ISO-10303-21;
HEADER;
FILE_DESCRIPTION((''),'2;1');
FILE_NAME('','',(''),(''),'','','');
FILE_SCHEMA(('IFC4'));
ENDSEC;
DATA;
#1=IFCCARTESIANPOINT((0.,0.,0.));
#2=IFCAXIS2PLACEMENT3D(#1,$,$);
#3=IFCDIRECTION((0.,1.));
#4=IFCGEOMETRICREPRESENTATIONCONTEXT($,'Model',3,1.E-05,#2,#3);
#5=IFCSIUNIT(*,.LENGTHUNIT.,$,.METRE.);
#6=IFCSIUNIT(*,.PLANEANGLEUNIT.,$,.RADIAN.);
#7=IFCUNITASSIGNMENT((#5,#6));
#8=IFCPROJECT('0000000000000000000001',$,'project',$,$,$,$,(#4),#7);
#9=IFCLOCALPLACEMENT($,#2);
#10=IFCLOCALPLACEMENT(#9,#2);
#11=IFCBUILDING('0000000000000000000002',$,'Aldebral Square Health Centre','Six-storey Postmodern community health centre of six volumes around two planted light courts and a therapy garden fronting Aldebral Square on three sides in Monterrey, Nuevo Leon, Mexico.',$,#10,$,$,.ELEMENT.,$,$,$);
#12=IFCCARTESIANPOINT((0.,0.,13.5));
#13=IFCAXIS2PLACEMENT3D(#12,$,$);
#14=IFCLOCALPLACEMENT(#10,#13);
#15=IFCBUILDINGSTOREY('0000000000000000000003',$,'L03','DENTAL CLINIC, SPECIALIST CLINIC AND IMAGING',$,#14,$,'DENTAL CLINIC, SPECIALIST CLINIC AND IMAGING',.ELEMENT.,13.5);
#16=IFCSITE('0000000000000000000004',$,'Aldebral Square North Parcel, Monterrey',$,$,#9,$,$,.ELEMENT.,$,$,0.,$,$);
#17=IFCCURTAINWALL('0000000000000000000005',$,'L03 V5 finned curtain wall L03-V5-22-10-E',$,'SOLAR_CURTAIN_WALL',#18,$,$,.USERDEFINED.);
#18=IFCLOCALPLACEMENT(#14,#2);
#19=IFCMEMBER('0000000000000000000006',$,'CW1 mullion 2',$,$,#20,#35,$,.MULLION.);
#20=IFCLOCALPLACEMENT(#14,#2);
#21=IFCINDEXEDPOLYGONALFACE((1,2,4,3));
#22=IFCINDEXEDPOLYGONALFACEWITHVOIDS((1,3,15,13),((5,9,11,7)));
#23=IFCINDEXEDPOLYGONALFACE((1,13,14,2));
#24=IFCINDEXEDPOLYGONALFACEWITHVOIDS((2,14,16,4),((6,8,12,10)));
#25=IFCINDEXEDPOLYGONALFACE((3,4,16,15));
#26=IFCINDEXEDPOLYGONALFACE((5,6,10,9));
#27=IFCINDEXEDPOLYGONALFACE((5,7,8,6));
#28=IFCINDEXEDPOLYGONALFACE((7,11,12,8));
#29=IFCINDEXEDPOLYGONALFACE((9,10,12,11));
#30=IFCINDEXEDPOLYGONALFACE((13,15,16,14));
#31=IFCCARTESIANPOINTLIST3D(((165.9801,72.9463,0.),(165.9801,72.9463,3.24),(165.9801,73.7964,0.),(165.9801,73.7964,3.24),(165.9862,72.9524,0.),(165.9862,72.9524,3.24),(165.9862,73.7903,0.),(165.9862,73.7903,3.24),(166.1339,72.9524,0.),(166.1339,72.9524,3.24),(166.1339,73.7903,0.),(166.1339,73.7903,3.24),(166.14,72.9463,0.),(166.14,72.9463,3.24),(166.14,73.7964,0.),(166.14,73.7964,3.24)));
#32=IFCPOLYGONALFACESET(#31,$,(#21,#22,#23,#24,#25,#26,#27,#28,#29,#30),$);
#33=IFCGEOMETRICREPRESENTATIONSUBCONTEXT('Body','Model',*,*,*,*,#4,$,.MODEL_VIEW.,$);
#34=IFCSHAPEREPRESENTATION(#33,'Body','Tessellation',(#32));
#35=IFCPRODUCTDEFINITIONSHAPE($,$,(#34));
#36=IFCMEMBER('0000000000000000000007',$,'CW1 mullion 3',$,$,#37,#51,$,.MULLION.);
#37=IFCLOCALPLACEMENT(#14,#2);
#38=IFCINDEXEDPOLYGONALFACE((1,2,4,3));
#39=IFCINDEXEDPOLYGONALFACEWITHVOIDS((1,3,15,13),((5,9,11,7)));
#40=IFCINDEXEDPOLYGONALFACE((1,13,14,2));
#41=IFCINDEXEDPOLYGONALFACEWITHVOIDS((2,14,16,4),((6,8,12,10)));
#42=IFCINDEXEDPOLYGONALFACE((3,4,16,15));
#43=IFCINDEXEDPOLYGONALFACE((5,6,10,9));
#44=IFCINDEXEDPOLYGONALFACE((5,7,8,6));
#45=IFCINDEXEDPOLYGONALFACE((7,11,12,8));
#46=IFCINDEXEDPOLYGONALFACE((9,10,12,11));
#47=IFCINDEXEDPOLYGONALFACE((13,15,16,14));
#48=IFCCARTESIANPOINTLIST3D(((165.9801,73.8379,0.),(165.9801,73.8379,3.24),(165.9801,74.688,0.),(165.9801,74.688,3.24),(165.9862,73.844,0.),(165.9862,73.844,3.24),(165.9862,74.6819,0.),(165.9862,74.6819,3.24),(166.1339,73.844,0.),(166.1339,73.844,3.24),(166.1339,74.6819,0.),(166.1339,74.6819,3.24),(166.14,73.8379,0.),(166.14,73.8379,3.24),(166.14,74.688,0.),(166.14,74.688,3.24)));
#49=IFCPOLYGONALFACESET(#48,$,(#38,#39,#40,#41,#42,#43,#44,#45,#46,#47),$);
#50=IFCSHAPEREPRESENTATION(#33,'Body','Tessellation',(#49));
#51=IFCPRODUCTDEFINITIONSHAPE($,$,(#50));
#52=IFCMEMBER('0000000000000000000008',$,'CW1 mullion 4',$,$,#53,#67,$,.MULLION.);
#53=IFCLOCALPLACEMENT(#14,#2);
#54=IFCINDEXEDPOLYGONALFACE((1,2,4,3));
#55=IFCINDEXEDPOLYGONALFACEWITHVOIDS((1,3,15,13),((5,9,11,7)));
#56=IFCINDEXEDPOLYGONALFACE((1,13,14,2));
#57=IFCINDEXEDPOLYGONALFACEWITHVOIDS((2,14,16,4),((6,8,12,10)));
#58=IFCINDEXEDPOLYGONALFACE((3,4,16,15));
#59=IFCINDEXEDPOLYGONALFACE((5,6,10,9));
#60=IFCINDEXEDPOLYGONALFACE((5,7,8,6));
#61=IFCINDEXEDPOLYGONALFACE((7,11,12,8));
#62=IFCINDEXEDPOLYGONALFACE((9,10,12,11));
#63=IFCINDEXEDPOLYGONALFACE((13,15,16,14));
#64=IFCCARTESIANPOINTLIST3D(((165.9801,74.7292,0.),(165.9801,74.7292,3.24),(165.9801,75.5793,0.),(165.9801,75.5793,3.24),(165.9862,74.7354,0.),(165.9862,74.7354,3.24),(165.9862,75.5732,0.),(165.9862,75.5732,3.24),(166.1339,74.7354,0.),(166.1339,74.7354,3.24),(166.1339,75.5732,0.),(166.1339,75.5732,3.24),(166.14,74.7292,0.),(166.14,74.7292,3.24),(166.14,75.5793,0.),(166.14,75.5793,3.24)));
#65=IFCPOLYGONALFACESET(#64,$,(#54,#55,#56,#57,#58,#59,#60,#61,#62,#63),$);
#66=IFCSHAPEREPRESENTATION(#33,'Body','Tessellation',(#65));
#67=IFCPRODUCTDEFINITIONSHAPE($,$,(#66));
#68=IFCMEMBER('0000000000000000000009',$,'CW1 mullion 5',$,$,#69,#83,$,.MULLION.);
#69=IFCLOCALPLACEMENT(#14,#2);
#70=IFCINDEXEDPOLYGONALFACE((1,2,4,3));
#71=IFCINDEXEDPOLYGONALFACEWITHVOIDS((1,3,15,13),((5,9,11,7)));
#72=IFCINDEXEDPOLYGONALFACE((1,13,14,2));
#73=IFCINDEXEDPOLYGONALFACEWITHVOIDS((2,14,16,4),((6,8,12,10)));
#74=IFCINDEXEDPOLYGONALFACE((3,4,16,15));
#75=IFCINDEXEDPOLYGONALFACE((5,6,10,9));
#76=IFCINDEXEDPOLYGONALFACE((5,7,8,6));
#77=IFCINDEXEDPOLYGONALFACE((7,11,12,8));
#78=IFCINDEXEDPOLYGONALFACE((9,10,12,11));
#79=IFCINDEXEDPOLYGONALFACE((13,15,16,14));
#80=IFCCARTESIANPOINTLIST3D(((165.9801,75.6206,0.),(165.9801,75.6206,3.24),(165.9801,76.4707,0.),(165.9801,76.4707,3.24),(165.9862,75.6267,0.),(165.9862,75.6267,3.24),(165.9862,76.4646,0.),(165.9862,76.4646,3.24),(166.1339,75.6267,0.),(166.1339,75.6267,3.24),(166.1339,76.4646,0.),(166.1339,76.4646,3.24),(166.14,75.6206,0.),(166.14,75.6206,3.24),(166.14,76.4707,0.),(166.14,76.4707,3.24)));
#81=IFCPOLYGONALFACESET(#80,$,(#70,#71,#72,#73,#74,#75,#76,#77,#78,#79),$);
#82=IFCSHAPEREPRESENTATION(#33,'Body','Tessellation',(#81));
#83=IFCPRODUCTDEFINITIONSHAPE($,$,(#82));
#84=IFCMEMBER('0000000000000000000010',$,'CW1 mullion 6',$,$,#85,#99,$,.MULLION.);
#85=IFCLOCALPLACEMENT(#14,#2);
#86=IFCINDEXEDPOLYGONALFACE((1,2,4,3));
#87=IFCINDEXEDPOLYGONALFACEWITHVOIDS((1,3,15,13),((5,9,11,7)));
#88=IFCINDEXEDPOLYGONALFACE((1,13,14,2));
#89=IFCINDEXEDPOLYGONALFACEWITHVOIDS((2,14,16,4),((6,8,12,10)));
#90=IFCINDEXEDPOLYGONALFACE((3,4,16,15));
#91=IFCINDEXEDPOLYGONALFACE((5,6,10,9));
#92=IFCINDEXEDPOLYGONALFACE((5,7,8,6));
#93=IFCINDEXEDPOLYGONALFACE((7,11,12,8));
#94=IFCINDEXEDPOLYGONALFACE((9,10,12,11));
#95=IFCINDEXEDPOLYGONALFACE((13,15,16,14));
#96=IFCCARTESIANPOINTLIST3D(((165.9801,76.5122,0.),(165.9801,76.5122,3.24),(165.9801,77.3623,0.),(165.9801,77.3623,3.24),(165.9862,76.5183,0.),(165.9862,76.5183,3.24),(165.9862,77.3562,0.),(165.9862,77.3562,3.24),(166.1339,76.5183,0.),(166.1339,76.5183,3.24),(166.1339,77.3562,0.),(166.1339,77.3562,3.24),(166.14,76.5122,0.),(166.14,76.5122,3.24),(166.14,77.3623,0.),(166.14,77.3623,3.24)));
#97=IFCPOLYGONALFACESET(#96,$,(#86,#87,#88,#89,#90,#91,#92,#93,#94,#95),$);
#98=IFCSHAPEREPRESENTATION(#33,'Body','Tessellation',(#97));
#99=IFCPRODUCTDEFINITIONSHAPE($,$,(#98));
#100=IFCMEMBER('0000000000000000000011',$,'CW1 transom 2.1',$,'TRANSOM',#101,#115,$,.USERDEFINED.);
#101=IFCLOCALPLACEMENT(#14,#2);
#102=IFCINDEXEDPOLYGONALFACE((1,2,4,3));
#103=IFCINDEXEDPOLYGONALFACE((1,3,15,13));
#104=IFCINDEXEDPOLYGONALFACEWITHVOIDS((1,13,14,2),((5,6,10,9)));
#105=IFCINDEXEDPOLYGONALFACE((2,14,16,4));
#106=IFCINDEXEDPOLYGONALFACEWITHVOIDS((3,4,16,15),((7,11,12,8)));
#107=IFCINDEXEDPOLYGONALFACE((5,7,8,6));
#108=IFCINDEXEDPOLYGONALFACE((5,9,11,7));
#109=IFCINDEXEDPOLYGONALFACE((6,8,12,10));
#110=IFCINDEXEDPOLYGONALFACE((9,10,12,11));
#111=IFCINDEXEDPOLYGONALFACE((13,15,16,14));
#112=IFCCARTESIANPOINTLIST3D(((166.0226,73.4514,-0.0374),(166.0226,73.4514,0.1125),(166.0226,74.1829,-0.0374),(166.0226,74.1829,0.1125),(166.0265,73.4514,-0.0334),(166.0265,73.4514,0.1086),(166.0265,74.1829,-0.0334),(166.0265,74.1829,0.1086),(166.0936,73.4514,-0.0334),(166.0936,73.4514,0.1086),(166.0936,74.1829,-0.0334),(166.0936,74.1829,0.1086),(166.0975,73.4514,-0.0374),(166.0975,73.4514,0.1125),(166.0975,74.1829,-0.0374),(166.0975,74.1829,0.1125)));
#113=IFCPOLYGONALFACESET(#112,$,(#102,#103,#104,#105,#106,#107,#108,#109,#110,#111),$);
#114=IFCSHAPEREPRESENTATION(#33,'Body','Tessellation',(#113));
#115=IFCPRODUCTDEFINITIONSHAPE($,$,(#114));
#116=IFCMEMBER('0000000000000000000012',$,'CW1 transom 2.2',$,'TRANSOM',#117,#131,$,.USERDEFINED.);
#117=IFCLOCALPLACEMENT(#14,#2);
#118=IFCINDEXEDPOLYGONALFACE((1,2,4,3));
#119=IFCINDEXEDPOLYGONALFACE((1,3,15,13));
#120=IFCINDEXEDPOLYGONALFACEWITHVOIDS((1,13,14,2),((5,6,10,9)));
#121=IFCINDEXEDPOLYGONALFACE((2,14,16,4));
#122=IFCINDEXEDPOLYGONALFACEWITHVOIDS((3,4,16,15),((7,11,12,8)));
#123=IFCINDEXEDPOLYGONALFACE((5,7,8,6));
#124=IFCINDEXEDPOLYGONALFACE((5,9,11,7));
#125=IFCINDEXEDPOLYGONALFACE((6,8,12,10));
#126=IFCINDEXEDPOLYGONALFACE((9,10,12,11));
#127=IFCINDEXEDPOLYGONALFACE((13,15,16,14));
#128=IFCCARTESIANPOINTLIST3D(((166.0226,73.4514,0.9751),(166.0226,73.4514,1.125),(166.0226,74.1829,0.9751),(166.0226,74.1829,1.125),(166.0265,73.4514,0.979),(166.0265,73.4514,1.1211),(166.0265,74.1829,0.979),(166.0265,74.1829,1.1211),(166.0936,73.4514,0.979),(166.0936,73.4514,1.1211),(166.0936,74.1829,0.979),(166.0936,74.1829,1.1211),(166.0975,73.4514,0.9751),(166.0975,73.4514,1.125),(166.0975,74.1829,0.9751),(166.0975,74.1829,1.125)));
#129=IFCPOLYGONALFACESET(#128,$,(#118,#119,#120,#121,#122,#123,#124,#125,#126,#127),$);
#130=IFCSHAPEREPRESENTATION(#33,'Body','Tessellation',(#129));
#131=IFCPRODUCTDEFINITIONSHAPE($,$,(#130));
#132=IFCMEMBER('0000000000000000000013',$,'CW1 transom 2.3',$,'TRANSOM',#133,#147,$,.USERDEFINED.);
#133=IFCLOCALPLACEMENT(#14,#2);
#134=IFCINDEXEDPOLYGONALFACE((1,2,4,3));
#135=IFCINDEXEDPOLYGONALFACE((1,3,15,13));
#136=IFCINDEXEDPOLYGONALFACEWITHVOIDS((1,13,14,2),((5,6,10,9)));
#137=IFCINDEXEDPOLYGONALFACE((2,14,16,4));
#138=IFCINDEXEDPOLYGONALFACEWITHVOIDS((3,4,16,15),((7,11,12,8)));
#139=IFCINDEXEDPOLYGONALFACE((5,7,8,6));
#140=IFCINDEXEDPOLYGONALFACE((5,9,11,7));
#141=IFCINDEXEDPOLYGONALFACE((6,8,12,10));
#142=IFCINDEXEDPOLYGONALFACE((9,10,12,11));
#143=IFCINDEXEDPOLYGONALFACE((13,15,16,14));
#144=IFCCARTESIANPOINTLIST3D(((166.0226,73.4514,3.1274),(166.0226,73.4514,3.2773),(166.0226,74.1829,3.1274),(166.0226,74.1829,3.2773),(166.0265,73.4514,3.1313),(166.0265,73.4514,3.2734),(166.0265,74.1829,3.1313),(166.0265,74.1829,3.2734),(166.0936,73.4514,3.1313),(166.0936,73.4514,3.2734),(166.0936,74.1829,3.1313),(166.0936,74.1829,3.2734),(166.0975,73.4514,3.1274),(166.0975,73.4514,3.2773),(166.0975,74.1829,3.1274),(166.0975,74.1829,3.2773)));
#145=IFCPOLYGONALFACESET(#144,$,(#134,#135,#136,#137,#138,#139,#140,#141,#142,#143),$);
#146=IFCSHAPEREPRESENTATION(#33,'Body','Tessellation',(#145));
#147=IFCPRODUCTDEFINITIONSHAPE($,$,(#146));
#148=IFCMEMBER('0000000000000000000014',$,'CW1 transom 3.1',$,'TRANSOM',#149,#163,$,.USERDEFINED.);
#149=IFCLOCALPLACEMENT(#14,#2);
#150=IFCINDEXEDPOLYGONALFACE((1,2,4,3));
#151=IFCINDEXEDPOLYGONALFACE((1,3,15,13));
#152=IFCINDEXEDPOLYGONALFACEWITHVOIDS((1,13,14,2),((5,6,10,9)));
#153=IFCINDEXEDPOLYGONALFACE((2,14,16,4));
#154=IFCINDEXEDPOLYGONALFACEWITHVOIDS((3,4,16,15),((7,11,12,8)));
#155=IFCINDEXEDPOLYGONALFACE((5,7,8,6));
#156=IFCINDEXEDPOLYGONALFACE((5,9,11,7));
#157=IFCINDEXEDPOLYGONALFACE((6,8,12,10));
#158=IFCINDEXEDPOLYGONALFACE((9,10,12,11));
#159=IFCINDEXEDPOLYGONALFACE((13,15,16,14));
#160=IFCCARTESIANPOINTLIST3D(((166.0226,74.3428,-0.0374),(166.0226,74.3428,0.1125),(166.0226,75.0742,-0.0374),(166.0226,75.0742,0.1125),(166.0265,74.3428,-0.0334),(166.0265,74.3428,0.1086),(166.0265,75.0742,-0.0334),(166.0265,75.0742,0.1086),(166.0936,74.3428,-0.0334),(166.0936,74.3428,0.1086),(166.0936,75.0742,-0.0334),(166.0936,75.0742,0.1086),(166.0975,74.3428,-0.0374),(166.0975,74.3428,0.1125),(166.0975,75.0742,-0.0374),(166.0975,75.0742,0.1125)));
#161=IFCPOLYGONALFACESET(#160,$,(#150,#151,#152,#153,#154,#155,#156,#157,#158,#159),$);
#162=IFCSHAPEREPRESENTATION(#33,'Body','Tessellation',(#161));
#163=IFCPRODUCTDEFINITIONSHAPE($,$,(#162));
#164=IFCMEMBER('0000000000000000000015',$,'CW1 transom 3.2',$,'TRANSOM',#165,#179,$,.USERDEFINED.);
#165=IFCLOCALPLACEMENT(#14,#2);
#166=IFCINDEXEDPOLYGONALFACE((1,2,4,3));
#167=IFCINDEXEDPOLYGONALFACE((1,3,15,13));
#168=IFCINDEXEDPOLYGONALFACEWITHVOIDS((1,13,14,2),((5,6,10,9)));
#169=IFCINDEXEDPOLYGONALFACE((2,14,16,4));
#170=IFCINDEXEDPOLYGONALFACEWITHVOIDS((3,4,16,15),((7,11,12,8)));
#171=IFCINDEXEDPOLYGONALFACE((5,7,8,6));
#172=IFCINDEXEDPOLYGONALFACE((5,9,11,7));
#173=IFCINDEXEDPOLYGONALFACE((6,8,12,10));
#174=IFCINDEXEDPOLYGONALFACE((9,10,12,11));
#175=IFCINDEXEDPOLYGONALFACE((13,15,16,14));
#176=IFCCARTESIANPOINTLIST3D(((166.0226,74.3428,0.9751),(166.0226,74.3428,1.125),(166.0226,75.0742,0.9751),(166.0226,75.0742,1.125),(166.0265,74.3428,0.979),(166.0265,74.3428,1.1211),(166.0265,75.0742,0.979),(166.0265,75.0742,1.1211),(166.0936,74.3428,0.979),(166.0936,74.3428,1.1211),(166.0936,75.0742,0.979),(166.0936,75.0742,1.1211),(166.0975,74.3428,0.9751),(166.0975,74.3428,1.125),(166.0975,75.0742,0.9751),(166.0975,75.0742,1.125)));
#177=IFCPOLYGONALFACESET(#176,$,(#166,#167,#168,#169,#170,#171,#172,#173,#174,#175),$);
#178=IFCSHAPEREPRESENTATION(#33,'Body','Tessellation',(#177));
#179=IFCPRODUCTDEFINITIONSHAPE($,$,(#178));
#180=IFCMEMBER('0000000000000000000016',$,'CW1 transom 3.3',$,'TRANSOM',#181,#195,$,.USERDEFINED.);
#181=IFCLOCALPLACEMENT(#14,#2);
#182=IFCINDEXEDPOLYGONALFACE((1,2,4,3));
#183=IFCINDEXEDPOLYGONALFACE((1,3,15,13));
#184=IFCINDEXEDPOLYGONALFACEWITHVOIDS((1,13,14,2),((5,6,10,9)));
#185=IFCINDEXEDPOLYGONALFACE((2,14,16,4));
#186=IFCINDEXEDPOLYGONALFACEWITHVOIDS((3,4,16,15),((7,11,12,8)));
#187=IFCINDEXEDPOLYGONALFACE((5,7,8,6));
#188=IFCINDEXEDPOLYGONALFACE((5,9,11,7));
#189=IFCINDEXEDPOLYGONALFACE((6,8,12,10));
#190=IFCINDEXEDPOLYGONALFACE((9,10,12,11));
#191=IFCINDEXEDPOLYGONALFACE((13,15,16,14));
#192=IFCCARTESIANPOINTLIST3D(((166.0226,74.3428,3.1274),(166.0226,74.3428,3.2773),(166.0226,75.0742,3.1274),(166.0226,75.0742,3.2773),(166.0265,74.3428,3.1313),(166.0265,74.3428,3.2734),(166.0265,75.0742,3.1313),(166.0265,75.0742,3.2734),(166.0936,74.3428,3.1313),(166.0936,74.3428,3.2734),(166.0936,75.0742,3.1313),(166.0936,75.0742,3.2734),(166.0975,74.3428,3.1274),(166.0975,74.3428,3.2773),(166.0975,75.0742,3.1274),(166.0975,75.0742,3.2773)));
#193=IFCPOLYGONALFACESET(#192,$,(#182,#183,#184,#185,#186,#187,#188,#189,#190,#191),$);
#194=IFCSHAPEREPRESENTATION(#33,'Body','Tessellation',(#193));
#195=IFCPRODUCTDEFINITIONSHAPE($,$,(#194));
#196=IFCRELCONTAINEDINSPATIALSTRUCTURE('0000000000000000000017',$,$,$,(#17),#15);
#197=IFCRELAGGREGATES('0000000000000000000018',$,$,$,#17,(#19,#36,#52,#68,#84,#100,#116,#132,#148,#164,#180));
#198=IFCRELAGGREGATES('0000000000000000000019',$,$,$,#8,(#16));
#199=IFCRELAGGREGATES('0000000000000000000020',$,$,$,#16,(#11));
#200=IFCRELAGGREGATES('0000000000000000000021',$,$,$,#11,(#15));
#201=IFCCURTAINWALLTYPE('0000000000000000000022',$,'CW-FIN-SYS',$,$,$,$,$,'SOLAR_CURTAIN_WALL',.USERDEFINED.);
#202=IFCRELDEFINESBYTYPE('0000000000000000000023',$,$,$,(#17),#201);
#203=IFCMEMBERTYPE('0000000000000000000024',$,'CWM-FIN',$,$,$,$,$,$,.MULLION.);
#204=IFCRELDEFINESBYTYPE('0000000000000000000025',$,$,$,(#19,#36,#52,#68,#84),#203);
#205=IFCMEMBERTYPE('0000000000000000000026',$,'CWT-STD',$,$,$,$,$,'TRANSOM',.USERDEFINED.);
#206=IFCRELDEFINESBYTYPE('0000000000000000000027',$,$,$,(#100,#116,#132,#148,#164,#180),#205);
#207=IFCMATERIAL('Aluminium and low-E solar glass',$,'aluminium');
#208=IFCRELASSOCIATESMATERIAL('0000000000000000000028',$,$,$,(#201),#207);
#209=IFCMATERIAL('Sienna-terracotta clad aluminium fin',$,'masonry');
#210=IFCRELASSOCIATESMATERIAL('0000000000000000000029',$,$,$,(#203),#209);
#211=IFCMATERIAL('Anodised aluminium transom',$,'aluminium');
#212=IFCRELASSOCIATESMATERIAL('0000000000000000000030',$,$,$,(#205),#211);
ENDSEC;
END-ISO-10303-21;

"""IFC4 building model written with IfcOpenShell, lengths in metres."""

from ifc_helpers import new_model, si_unit, direction, frame, origin, origin_2d, place, context, subcontext, project, spatial, hollow_rectangle, extrude, material, material_profile, profile_set, type_object, element, aggregate, save


model = new_model("IFC4")

# Units and contexts
model_context = context("Model", 3, precision=1e-05, world=origin(), true_north=direction((0.0, 1.0)))
body_context = subcontext(model_context, "Body", "Model", "MODEL_VIEW")
ifc_project = project(units=[si_unit("LENGTHUNIT", "METRE"), si_unit("PLANEANGLEUNIT", "RADIAN")], contexts=[model_context])

# Site, building, storey
site_placement = place(None, origin())
site = spatial("IfcSite", under=ifc_project, at=site_placement, Name="Aldebral Square North Parcel, Monterrey", CompositionType="ELEMENT", RefElevation=0.0)
building_placement = place(site_placement, origin())
building = spatial("IfcBuilding", under=site, at=building_placement, Name="Aldebral Square Health Centre", Description="Six-storey Postmodern community health centre of six volumes around two planted light courts and a therapy garden fronting Aldebral Square on three sides in Monterrey, Nuevo Leon, Mexico.", CompositionType="ELEMENT")
storey_placement = place(building_placement, frame((0.0, 0.0, 13.5)))
storey = spatial("IfcBuildingStorey", under=building, at=storey_placement, Name="L03", Description="DENTAL CLINIC, SPECIALIST CLINIC AND IMAGING", LongName="DENTAL CLINIC, SPECIALIST CLINIC AND IMAGING", CompositionType="ELEMENT", Elevation=13.5)

# Curtain wall, members
ifc_material_1 = material(Name="Aluminium and low-E solar glass", Category="aluminium")
curtain_wall_type = type_object("IfcCurtainWallType", Name="CW-FIN-SYS", ElementType="SOLAR_CURTAIN_WALL", PredefinedType="USERDEFINED", material=ifc_material_1)
curtain_wall_placement = place(storey_placement, origin())
curtain_wall = element("IfcCurtainWall", 1, at=curtain_wall_placement, inside=storey, type_object=curtain_wall_type, Name="L03 V5 finned curtain wall L03-V5-22-10-E", ObjectType="SOLAR_CURTAIN_WALL", PredefinedType="USERDEFINED")
ifc_material_2 = material(Name="Sienna-terracotta clad aluminium fin", Category="masonry")
ifc_material_profile_1 = material_profile(ifc_material_2, hollow_rectangle(XDim=0.1599, YDim=0.8501, WallThickness=0.0061, at=origin_2d()), Name="FIN 160x850x6")
ifc_profile_set_1 = profile_set([ifc_material_profile_1], Name="Sienna-terracotta clad aluminium fin")
member_type_1 = type_object("IfcMemberType", Name="CWM-FIN", PredefinedType="MULLION", material=ifc_profile_set_1)
member_1_placement = place(storey_placement, frame((166.0601, 73.3713, 0.0), z_axis=(0.0, 0.0, 1.0), x_axis=(-1.0, 0.0, 0.0)))
member_1 = element("IfcMember", 2, at=member_1_placement, type_object=member_type_1, Name="CW1 mullion 2", PredefinedType="MULLION", context=body_context, shape_type="SweptSolid", body=[
    extrude(hollow_rectangle(XDim=0.1599, YDim=0.8501, WallThickness=0.0061, at=origin_2d()), origin(), (0.0, 0.0, 1.0), 3.24),
])
member_2_placement = place(storey_placement, frame((166.0601, 74.2629, 0.0), z_axis=(0.0, 0.0, 1.0), x_axis=(-1.0, 0.0, 0.0)))
member_2 = element("IfcMember", 3, at=member_2_placement, type_object=member_type_1, Name="CW1 mullion 3", PredefinedType="MULLION", context=body_context, shape_type="SweptSolid", body=[
    extrude(hollow_rectangle(XDim=0.1599, YDim=0.8501, WallThickness=0.0061, at=origin_2d()), origin(), (0.0, 0.0, 1.0), 3.24),
])
member_3_placement = place(storey_placement, frame((166.0601, 75.1543, 0.0), z_axis=(0.0, 0.0, 1.0), x_axis=(-1.0, 0.0, 0.0)))
member_3 = element("IfcMember", 4, at=member_3_placement, type_object=member_type_1, Name="CW1 mullion 4", PredefinedType="MULLION", context=body_context, shape_type="SweptSolid", body=[
    extrude(hollow_rectangle(XDim=0.1599, YDim=0.8501, WallThickness=0.0061, at=origin_2d()), origin(), (0.0, 0.0, 1.0), 3.24),
])
member_4_placement = place(storey_placement, frame((166.0601, 76.0457, 0.0), z_axis=(0.0, 0.0, 1.0), x_axis=(-1.0, 0.0, 0.0)))
member_4 = element("IfcMember", 5, at=member_4_placement, type_object=member_type_1, Name="CW1 mullion 5", PredefinedType="MULLION", context=body_context, shape_type="SweptSolid", body=[
    extrude(hollow_rectangle(XDim=0.1599, YDim=0.8501, WallThickness=0.0061, at=origin_2d()), origin(), (0.0, 0.0, 1.0), 3.24),
])
member_5_placement = place(storey_placement, frame((166.0601, 76.9373, 0.0), z_axis=(0.0, 0.0, 1.0), x_axis=(-1.0, 0.0, 0.0)))
member_5 = element("IfcMember", 6, at=member_5_placement, type_object=member_type_1, Name="CW1 mullion 6", PredefinedType="MULLION", context=body_context, shape_type="SweptSolid", body=[
    extrude(hollow_rectangle(XDim=0.1599, YDim=0.8501, WallThickness=0.0061, at=origin_2d()), origin(), (0.0, 0.0, 1.0), 3.24),
])
ifc_material_3 = material(Name="Anodised aluminium transom", Category="aluminium")
ifc_material_profile_2 = material_profile(ifc_material_3, hollow_rectangle(XDim=0.075, YDim=0.1499, WallThickness=0.0039, at=origin_2d()), Name="CWT 75x150x4")
ifc_profile_set_2 = profile_set([ifc_material_profile_2], Name="Anodised aluminium transom")
member_type_2 = type_object("IfcMemberType", Name="CWT-STD", ElementType="TRANSOM", PredefinedType="USERDEFINED", material=ifc_profile_set_2)
member_6_placement = place(storey_placement, frame((166.0601, 73.4514, 0.0376), z_axis=(0.0, 1.0, 0.0), x_axis=(-1.0, 0.0, 0.0)))
member_6 = element("IfcMember", 7, at=member_6_placement, type_object=member_type_2, Name="CW1 transom 2.1", ObjectType="TRANSOM", PredefinedType="USERDEFINED", context=body_context, shape_type="SweptSolid", body=[
    extrude(hollow_rectangle(XDim=0.075, YDim=0.1499, WallThickness=0.0039, at=origin_2d()), origin(), (0.0, 0.0, 1.0), 0.7314),
])
member_7_placement = place(storey_placement, frame((166.0601, 73.4514, 1.05), z_axis=(0.0, 1.0, 0.0), x_axis=(-1.0, 0.0, 0.0)))
member_7 = element("IfcMember", 8, at=member_7_placement, type_object=member_type_2, Name="CW1 transom 2.2", ObjectType="TRANSOM", PredefinedType="USERDEFINED", context=body_context, shape_type="SweptSolid", body=[
    extrude(hollow_rectangle(XDim=0.075, YDim=0.1499, WallThickness=0.0039, at=origin_2d()), origin(), (0.0, 0.0, 1.0), 0.7314),
])
member_8_placement = place(storey_placement, frame((166.0601, 73.4514, 3.2024), z_axis=(0.0, 1.0, 0.0), x_axis=(-1.0, 0.0, 0.0)))
member_8 = element("IfcMember", 9, at=member_8_placement, type_object=member_type_2, Name="CW1 transom 2.3", ObjectType="TRANSOM", PredefinedType="USERDEFINED", context=body_context, shape_type="SweptSolid", body=[
    extrude(hollow_rectangle(XDim=0.075, YDim=0.1499, WallThickness=0.0039, at=origin_2d()), origin(), (0.0, 0.0, 1.0), 0.7314),
])
member_9_placement = place(storey_placement, frame((166.0601, 74.3428, 0.0376), z_axis=(0.0, 1.0, 0.0), x_axis=(-1.0, 0.0, 0.0)))
member_9 = element("IfcMember", 10, at=member_9_placement, type_object=member_type_2, Name="CW1 transom 3.1", ObjectType="TRANSOM", PredefinedType="USERDEFINED", context=body_context, shape_type="SweptSolid", body=[
    extrude(hollow_rectangle(XDim=0.075, YDim=0.1499, WallThickness=0.0039, at=origin_2d()), origin(), (0.0, 0.0, 1.0), 0.7314),
])
member_10_placement = place(storey_placement, frame((166.0601, 74.3428, 1.05), z_axis=(0.0, 1.0, 0.0), x_axis=(-1.0, 0.0, 0.0)))
member_10 = element("IfcMember", 11, at=member_10_placement, type_object=member_type_2, Name="CW1 transom 3.2", ObjectType="TRANSOM", PredefinedType="USERDEFINED", context=body_context, shape_type="SweptSolid", body=[
    extrude(hollow_rectangle(XDim=0.075, YDim=0.1499, WallThickness=0.0039, at=origin_2d()), origin(), (0.0, 0.0, 1.0), 0.7314),
])
member_11_placement = place(storey_placement, frame((166.0601, 74.3428, 3.2024), z_axis=(0.0, 1.0, 0.0), x_axis=(-1.0, 0.0, 0.0)))
member_11 = element("IfcMember", 12, at=member_11_placement, type_object=member_type_2, Name="CW1 transom 3.3", ObjectType="TRANSOM", PredefinedType="USERDEFINED", context=body_context, shape_type="SweptSolid", body=[
    extrude(hollow_rectangle(XDim=0.075, YDim=0.1499, WallThickness=0.0039, at=origin_2d()), origin(), (0.0, 0.0, 1.0), 0.7314),
])
aggregate(curtain_wall, [member_1, member_2, member_3, member_4, member_5, member_6, member_7, member_8, member_9, member_10, member_11])

save(model, "model.ifc")
